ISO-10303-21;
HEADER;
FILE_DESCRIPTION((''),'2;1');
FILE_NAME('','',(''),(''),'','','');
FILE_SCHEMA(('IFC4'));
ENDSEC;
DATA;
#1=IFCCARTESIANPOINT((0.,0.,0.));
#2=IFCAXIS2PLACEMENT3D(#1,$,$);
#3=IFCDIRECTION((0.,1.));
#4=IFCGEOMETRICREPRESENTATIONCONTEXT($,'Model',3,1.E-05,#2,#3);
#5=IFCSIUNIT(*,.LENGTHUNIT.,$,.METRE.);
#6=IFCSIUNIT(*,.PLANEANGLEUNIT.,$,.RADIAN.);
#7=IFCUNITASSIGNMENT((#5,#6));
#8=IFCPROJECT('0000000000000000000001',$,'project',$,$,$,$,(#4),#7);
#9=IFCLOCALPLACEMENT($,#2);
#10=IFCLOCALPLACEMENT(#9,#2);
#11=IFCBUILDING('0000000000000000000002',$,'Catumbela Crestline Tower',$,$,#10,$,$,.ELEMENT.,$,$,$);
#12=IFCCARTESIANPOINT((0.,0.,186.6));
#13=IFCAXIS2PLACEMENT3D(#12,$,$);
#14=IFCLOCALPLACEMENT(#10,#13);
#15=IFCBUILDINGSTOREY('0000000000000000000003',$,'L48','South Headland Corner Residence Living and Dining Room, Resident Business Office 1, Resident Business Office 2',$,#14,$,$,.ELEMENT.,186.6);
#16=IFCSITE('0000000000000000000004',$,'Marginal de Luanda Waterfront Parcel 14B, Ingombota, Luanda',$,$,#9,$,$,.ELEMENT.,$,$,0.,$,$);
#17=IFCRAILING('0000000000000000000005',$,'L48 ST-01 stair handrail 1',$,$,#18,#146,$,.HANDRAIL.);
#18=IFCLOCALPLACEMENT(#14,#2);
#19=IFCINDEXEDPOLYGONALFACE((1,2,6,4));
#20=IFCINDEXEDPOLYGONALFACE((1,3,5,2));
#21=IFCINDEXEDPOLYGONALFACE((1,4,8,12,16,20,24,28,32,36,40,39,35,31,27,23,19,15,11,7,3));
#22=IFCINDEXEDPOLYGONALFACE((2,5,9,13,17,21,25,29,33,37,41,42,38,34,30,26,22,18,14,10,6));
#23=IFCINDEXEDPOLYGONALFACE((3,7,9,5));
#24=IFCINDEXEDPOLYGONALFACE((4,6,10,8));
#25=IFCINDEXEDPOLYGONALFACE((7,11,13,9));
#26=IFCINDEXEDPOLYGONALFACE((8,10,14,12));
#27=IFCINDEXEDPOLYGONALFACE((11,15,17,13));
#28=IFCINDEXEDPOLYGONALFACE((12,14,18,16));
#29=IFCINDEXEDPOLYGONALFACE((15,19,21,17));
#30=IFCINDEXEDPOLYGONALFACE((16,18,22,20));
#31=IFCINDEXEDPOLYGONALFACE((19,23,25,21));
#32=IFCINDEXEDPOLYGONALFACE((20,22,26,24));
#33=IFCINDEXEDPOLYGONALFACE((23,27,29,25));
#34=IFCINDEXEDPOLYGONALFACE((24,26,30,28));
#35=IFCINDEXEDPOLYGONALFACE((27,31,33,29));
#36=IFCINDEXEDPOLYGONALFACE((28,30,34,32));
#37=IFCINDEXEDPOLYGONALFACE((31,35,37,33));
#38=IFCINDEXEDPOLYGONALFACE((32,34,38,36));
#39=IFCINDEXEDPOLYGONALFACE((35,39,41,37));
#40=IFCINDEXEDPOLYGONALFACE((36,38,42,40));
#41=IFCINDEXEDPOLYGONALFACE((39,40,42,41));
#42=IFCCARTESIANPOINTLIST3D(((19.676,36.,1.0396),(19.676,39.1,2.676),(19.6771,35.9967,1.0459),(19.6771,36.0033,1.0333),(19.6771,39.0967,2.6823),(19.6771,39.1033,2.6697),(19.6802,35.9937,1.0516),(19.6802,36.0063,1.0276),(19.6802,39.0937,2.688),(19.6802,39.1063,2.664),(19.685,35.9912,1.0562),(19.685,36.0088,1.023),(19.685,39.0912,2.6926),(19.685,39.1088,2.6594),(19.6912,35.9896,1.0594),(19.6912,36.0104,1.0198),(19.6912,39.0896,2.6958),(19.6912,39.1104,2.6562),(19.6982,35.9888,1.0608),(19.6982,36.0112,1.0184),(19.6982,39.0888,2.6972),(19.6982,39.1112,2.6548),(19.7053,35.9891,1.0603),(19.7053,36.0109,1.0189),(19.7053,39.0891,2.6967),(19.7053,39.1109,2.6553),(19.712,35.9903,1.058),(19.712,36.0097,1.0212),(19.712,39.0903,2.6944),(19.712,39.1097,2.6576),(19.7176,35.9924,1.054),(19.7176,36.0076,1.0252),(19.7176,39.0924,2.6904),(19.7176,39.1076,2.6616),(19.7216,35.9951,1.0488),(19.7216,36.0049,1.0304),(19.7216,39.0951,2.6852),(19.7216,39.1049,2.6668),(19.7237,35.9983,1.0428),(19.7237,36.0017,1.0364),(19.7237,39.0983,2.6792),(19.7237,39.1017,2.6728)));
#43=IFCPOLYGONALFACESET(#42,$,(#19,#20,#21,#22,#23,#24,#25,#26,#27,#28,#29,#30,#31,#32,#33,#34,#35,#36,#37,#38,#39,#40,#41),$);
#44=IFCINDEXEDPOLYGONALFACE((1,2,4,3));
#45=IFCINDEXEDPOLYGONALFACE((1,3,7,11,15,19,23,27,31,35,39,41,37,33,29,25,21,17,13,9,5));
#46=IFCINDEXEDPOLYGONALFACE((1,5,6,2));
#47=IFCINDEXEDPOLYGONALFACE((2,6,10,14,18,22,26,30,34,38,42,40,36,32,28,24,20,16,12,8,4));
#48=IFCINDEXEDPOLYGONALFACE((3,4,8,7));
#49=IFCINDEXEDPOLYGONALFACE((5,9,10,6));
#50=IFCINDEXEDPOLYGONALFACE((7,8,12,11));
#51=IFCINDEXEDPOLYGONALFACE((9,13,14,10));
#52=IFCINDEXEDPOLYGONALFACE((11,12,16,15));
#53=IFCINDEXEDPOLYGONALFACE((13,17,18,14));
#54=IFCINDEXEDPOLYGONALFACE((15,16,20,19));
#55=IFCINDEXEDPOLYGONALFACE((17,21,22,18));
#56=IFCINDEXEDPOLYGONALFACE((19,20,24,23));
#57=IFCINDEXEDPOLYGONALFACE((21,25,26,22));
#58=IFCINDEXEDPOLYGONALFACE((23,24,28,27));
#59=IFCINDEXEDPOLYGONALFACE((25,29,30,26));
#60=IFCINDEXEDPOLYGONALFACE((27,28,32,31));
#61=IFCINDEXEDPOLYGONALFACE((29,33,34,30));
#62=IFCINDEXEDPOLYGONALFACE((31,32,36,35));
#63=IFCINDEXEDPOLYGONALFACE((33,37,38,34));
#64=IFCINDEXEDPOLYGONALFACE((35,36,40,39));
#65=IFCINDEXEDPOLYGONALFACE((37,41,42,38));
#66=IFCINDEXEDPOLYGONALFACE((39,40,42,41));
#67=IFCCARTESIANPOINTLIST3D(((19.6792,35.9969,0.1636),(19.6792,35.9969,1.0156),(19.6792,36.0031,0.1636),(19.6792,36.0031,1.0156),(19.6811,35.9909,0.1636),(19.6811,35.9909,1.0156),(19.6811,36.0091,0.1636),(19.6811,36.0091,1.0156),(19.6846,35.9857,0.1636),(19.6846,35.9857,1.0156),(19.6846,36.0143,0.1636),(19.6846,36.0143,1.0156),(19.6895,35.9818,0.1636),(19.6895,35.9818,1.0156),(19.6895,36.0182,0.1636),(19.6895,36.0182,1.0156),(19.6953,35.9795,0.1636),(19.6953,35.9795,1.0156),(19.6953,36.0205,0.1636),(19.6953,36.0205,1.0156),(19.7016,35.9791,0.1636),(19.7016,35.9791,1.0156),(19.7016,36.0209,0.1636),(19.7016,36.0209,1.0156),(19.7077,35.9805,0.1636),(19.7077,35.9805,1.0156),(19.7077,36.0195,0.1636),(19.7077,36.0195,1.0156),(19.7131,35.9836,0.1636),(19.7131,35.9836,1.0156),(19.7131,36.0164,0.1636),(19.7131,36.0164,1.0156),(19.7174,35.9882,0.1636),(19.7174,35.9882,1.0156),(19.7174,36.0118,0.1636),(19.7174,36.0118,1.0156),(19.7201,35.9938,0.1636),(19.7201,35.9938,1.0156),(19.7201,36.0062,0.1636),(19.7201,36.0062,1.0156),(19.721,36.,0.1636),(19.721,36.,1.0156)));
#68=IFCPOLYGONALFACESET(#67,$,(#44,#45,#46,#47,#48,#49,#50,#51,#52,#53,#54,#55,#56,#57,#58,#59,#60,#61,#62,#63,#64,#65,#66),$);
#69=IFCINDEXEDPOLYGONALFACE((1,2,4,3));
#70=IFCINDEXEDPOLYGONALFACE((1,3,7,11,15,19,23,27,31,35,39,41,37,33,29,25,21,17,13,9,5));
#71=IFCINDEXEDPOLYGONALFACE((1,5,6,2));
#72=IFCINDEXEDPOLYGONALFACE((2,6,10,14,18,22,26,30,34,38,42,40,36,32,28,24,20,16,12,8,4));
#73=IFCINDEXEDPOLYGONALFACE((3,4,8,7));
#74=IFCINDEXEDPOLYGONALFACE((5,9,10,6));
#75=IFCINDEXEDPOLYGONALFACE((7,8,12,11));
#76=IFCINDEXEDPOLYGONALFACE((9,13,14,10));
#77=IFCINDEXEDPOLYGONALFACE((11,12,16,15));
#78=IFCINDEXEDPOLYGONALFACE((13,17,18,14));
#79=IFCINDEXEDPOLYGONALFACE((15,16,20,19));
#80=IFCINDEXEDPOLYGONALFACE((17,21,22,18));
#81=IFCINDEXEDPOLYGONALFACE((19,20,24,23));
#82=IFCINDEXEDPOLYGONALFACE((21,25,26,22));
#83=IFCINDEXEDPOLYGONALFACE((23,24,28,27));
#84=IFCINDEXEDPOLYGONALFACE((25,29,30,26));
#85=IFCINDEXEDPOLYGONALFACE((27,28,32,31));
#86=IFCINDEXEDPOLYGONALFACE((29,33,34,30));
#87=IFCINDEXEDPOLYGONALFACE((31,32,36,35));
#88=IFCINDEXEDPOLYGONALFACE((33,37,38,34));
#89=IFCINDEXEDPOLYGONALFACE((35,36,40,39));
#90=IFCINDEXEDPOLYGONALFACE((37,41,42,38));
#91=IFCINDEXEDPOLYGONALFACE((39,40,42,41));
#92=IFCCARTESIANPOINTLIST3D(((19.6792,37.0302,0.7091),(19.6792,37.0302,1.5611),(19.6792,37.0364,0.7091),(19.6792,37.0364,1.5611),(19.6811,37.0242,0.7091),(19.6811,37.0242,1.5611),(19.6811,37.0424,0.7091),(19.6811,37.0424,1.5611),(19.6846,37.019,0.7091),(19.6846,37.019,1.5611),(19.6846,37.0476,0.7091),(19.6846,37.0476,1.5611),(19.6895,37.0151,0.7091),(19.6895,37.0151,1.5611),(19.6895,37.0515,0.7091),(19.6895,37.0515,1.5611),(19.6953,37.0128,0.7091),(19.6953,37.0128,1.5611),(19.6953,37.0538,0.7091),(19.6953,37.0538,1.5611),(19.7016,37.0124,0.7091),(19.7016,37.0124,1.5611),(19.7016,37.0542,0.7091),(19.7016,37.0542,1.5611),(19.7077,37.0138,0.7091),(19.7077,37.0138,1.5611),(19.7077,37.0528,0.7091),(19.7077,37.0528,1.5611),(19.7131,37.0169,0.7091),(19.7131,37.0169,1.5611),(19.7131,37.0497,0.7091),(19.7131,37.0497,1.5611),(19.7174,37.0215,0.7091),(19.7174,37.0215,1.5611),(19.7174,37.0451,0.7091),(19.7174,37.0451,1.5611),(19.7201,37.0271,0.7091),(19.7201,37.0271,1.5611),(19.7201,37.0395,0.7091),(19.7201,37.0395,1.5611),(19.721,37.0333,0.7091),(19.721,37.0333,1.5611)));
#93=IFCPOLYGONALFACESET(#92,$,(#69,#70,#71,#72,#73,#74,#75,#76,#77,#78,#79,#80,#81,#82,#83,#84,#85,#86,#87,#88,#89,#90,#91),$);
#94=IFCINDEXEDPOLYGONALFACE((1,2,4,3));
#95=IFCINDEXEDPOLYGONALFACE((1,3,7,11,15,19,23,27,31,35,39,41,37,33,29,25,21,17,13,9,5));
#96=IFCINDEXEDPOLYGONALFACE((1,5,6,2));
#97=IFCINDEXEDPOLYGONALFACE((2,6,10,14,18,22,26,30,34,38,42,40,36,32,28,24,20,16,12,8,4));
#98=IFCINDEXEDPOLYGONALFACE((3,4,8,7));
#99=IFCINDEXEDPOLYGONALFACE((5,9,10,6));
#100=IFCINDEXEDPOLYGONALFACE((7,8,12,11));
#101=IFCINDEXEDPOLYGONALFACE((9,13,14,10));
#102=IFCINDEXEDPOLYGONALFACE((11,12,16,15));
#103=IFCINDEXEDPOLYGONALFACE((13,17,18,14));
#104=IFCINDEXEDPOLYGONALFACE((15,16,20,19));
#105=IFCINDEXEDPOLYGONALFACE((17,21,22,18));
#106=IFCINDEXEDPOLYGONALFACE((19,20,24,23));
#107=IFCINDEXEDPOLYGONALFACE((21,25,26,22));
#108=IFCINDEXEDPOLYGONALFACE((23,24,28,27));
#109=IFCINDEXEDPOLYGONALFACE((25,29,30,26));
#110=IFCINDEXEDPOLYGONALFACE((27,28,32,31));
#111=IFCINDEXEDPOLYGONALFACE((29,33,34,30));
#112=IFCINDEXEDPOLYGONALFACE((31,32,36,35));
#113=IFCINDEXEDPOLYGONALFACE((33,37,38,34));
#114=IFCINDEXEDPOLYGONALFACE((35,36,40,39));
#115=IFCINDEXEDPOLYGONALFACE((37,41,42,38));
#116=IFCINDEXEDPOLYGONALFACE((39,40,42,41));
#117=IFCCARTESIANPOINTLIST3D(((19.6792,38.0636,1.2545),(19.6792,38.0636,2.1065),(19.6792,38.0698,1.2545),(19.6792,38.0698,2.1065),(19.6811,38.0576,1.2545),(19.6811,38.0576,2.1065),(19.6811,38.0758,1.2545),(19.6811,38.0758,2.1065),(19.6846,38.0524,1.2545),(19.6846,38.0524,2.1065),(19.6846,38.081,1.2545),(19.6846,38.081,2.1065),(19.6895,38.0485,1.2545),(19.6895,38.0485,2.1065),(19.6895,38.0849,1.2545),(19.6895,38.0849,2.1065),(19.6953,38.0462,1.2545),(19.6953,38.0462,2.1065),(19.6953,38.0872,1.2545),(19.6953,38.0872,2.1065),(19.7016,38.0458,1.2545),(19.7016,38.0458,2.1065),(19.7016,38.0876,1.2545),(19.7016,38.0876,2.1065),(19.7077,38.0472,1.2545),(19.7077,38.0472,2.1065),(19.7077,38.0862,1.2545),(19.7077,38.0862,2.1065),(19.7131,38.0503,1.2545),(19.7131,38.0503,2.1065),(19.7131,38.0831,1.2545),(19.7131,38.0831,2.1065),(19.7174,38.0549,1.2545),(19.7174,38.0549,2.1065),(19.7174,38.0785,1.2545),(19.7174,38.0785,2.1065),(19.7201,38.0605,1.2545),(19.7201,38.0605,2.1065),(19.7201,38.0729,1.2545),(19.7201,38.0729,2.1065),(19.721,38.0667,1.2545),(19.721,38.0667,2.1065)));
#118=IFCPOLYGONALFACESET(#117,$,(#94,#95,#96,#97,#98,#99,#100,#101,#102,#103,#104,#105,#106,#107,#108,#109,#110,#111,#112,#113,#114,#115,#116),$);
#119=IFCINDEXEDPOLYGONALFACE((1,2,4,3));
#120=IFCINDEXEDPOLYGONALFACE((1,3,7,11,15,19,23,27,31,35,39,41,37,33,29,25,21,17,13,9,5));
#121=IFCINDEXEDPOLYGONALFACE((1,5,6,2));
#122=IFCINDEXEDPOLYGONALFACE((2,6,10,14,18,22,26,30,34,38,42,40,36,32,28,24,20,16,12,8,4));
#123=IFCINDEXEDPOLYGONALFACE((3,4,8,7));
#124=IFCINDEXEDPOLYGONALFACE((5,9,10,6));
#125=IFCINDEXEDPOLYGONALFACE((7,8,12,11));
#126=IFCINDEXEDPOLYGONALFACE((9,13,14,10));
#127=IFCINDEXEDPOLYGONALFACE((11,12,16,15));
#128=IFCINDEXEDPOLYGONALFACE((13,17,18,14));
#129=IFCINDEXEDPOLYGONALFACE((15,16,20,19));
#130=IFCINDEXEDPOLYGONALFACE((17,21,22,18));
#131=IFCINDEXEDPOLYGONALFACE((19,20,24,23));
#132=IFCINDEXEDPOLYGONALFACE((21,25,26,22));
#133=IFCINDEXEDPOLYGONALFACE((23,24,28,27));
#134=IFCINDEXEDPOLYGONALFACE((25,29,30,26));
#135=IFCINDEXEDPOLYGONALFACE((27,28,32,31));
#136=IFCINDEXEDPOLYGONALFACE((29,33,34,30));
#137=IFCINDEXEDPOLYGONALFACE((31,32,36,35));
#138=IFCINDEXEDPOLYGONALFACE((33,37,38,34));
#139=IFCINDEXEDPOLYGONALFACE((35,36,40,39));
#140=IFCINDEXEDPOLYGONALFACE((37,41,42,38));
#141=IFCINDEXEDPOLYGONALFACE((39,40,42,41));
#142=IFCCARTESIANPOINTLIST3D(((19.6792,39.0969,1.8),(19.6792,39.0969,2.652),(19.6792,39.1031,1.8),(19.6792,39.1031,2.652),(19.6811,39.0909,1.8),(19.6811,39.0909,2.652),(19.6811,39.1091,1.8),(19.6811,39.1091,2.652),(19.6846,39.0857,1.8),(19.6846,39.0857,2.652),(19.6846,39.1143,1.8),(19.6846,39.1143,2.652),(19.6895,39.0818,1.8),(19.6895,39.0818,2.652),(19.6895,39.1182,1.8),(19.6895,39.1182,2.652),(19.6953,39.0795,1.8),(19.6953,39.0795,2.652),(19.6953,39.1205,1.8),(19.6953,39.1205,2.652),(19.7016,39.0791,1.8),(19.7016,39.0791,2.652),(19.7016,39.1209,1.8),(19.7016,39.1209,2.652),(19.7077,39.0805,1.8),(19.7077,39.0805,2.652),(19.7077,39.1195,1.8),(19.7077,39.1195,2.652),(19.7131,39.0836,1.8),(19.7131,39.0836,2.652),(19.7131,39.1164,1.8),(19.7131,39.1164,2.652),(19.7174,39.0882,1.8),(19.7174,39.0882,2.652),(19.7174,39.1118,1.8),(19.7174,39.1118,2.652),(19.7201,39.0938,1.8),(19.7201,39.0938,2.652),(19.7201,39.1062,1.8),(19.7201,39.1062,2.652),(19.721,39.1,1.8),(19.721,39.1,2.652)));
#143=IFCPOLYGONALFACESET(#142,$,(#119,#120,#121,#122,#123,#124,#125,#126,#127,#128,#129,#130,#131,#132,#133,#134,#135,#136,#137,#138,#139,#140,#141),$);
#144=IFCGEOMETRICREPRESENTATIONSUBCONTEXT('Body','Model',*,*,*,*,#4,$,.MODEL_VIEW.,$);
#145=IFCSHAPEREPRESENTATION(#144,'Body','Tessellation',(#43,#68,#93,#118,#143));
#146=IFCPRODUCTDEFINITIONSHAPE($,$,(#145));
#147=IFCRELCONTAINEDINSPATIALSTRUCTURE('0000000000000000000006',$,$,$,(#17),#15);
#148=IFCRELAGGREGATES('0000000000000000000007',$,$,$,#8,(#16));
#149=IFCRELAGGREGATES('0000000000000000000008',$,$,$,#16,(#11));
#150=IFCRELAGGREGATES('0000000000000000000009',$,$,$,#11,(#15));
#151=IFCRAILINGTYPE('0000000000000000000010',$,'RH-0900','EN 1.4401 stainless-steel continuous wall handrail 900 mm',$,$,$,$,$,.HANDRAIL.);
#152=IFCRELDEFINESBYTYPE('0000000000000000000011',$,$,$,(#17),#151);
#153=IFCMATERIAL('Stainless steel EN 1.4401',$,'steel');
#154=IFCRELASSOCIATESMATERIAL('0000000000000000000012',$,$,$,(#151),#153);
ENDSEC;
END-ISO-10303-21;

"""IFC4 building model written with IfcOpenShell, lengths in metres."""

from ifc_helpers import new_model, si_unit, direction, frame, origin, origin_2d, place, context, subcontext, project, spatial, circle, extrude, material, type_object, element, save


model = new_model("IFC4")

# Units and contexts
model_context = context("Model", 3, precision=1e-05, world=origin(), true_north=direction((0.0, 1.0)))
body_context = subcontext(model_context, "Body", "Model", "MODEL_VIEW")
ifc_project = project(units=[si_unit("LENGTHUNIT", "METRE"), si_unit("PLANEANGLEUNIT", "RADIAN")], contexts=[model_context])

# Site, building, storey
site_placement = place(None, origin())
site = spatial("IfcSite", under=ifc_project, at=site_placement, Name="Marginal de Luanda Waterfront Parcel 14B, Ingombota, Luanda", CompositionType="ELEMENT", RefElevation=0.0)
building_placement = place(site_placement, origin())
building = spatial("IfcBuilding", under=site, at=building_placement, Name="Catumbela Crestline Tower", CompositionType="ELEMENT")
storey_placement = place(building_placement, frame((0.0, 0.0, 186.6)))
storey = spatial("IfcBuildingStorey", under=building, at=storey_placement, Name="L48", Description="South Headland Corner Residence Living and Dining Room, Resident Business Office 1, Resident Business Office 2", CompositionType="ELEMENT", Elevation=186.6)

# Shared definitions
ifc_material_1 = material(Name="Stainless steel EN 1.4401", Category="steel")

# Railing
railing_type_1 = type_object("IfcRailingType", Name="RH-0900", Description="EN 1.4401 stainless-steel continuous wall handrail 900 mm", PredefinedType="HANDRAIL", material=ifc_material_1)
railing_1_placement = place(storey_placement, frame((19.7, 36.0, 0.1636)))
element("IfcRailing", 1, at=railing_1_placement, inside=storey, type_object=railing_type_1, Name="L48 ST-01 stair handrail 1", PredefinedType="HANDRAIL", context=body_context, shape_type="SweptSolid", body=[
    extrude(circle(Radius=0.024, at=origin_2d()), frame((0.0, 0.0, 0.876), z_axis=(0.0, 0.884351, 0.466823), x_axis=(-1.0, 0.0, 0.0)), (0.0, 0.0, 1.0), 3.5054),
    extrude(circle(Radius=0.021, at=origin_2d()), origin(), (0.0, 0.0, 1.0), 0.852),
    extrude(circle(Radius=0.021, at=origin_2d()), frame((0.0, 1.0333, 0.5455)), (0.0, 0.0, 1.0), 0.852),
    extrude(circle(Radius=0.021, at=origin_2d()), frame((0.0, 2.0667, 1.0909)), (0.0, 0.0, 1.0), 0.852),
    extrude(circle(Radius=0.021, at=origin_2d()), frame((0.0, 3.1, 1.6364)), (0.0, 0.0, 1.0), 0.852),
])

save(model, "model.ifc")
